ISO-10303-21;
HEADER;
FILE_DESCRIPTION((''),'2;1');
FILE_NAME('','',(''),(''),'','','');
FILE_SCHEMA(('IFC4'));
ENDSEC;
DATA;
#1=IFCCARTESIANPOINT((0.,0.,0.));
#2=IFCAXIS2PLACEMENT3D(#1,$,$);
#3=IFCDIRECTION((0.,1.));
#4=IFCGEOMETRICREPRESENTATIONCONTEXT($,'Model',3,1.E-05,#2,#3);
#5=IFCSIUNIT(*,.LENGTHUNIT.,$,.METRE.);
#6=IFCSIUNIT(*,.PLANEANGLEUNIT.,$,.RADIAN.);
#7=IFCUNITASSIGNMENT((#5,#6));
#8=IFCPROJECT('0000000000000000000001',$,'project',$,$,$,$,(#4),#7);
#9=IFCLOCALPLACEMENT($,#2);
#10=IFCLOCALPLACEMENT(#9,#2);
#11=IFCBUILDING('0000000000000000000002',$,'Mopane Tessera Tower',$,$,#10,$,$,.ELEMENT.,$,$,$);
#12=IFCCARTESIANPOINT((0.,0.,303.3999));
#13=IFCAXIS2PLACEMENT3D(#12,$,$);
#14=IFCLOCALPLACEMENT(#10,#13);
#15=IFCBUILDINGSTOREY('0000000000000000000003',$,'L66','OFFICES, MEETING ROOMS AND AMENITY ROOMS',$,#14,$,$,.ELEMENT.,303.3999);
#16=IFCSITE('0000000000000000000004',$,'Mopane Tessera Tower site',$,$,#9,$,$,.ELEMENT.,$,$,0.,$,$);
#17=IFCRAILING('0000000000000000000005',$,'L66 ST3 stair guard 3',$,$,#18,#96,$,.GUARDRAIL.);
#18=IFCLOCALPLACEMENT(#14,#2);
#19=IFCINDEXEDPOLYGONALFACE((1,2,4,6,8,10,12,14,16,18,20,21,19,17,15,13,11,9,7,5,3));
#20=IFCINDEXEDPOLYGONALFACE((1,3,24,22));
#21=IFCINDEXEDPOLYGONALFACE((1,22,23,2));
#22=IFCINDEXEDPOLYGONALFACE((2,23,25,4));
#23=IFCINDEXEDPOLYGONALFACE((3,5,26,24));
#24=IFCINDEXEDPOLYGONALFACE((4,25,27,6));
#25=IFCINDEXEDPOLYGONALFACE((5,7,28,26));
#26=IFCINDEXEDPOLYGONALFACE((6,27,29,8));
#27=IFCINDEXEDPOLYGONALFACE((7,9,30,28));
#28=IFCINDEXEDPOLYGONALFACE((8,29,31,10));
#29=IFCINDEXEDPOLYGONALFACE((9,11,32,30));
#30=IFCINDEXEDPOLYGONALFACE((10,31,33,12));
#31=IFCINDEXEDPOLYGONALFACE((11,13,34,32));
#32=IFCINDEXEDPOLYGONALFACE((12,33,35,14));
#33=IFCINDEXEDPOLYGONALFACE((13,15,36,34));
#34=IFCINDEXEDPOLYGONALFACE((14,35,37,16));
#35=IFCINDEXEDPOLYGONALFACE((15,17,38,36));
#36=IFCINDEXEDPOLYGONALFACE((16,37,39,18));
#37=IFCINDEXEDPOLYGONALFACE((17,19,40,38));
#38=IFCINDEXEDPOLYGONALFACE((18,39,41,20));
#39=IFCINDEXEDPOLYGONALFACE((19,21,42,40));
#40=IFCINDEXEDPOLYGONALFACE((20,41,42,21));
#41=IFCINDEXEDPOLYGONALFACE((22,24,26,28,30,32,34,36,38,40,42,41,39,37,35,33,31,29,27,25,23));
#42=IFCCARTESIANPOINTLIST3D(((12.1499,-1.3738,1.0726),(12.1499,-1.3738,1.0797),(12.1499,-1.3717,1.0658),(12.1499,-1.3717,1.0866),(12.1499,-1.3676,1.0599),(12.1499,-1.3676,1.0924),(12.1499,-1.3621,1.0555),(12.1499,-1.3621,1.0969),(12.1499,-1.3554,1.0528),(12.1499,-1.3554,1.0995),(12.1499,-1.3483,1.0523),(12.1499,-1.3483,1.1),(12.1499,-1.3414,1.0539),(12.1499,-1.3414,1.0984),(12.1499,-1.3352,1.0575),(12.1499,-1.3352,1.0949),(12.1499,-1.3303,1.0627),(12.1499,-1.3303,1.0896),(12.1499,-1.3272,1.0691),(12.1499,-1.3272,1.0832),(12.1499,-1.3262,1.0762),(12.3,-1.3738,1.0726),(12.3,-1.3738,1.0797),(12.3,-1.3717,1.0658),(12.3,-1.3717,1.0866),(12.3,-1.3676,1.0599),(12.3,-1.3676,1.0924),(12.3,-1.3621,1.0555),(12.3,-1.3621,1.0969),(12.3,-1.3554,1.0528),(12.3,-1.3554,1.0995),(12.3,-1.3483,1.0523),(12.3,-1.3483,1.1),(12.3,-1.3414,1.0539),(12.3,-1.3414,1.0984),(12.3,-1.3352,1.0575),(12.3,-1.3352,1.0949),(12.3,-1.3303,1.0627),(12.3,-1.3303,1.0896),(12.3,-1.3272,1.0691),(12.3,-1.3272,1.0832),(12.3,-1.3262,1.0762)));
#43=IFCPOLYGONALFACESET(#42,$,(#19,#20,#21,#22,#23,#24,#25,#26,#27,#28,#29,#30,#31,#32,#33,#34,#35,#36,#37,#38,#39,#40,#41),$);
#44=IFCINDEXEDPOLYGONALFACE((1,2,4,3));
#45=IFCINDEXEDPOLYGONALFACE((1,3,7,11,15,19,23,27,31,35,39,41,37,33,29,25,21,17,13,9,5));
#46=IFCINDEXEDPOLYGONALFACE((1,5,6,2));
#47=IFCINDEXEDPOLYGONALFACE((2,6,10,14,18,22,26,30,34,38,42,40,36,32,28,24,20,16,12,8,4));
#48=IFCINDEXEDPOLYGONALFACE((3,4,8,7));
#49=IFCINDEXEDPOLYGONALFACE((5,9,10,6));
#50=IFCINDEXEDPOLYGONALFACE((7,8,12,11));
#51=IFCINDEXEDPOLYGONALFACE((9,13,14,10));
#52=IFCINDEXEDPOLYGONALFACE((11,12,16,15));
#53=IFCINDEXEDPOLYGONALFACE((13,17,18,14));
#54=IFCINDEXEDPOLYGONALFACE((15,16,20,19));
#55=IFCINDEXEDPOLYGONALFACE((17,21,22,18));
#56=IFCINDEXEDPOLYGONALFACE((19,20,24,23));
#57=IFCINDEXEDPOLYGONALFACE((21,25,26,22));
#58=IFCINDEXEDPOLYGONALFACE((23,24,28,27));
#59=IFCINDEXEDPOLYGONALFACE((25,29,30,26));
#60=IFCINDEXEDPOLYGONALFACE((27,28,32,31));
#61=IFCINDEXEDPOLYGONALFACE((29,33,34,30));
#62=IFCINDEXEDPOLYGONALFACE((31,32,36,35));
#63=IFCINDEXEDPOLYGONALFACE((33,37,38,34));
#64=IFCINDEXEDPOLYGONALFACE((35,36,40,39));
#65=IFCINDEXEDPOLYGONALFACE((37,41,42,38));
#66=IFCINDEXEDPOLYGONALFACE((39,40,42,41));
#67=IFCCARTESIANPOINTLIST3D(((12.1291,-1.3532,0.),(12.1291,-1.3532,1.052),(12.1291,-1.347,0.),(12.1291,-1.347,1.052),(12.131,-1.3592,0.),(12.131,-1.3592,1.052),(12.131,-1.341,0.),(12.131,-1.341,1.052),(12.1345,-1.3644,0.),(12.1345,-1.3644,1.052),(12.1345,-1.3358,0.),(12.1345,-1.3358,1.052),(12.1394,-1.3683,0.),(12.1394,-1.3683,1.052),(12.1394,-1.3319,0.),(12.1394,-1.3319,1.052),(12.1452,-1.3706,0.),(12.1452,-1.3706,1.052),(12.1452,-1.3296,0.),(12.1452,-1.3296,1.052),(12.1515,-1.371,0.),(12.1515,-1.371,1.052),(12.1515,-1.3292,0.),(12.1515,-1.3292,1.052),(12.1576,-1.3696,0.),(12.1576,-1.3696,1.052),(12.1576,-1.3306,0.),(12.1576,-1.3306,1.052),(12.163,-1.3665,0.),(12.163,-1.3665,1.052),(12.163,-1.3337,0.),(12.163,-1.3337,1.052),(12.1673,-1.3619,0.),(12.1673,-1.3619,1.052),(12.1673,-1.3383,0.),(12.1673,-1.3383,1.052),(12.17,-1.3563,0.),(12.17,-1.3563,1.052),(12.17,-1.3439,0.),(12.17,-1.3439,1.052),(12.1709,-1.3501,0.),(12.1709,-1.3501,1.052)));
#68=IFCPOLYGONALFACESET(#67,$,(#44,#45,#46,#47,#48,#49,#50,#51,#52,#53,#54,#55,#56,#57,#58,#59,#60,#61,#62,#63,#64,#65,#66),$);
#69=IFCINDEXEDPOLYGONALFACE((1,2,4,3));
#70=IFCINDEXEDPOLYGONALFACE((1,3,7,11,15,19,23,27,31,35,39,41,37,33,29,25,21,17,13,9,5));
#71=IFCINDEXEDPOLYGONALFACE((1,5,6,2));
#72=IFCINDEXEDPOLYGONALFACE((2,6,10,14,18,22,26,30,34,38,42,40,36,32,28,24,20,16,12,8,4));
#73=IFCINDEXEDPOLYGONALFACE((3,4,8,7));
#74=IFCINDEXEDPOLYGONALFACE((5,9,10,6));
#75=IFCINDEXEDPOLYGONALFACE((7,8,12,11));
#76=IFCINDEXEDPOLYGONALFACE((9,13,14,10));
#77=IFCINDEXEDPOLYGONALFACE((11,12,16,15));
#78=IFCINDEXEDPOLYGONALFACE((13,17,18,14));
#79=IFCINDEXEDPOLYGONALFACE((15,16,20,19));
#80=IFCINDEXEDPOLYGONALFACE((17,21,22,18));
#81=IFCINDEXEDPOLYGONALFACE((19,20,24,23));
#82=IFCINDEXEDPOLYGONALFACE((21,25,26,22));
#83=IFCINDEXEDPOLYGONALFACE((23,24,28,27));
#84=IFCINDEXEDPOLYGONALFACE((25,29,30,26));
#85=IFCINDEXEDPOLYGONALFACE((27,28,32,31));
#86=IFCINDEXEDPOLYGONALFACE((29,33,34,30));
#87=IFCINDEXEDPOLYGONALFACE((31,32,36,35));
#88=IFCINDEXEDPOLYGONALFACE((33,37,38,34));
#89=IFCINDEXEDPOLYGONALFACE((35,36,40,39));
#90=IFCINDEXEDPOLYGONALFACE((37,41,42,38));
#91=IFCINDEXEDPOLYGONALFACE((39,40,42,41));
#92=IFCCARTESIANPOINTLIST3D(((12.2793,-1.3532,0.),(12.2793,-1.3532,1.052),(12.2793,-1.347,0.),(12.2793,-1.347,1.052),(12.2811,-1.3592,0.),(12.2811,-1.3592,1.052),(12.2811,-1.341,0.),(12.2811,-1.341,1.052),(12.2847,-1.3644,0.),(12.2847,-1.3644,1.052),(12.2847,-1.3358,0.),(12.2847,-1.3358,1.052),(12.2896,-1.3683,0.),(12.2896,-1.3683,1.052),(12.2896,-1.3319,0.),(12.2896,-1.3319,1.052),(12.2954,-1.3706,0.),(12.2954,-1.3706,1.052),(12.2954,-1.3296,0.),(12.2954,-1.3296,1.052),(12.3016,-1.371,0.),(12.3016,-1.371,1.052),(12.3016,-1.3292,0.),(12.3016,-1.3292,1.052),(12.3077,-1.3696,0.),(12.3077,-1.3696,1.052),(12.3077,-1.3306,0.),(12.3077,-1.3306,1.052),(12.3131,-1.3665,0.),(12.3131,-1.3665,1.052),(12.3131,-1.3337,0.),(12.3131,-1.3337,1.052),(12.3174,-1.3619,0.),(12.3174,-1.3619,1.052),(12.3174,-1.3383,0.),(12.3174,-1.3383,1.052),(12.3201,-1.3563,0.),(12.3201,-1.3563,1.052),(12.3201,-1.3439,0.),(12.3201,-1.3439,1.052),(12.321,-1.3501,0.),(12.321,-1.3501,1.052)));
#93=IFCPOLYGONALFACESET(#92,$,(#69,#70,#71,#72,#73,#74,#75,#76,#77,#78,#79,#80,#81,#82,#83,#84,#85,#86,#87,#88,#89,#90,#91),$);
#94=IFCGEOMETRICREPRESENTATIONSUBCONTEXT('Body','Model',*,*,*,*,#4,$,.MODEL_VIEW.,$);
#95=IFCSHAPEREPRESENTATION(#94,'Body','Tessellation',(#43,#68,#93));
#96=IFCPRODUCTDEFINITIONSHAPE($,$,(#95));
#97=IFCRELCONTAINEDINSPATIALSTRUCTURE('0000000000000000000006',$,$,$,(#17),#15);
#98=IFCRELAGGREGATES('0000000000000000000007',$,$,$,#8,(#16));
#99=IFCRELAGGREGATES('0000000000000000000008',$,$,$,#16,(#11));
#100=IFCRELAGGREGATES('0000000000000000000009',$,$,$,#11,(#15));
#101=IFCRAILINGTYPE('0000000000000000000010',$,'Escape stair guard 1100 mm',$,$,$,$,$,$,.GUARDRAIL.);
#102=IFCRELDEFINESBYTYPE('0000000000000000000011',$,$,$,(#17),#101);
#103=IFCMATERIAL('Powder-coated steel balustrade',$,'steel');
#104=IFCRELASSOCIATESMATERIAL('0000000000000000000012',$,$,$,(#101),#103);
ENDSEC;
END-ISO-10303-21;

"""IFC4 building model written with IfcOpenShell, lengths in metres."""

from ifc_helpers import new_model, si_unit, direction, frame, origin, origin_2d, place, context, subcontext, project, spatial, circle, extrude, material, type_object, element, save


model = new_model("IFC4")

# Units and contexts
model_context = context("Model", 3, precision=1e-05, world=origin(), true_north=direction((0.0, 1.0)))
body_context = subcontext(model_context, "Body", "Model", "MODEL_VIEW")
ifc_project = project(units=[si_unit("LENGTHUNIT", "METRE"), si_unit("PLANEANGLEUNIT", "RADIAN")], contexts=[model_context])

# Site, building, storey
site_placement = place(None, origin())
site = spatial("IfcSite", under=ifc_project, at=site_placement, Name="Mopane Tessera Tower site", CompositionType="ELEMENT", RefElevation=0.0)
building_placement = place(site_placement, origin())
building = spatial("IfcBuilding", under=site, at=building_placement, Name="Mopane Tessera Tower", CompositionType="ELEMENT")
storey_placement = place(building_placement, frame((0.0, 0.0, 303.3999)))
storey = spatial("IfcBuildingStorey", under=building, at=storey_placement, Name="L66", Description="OFFICES, MEETING ROOMS AND AMENITY ROOMS", CompositionType="ELEMENT", Elevation=303.3999)

# Railing
ifc_material_1 = material(Name="Powder-coated steel balustrade", Category="steel")
railing_type_1 = type_object("IfcRailingType", Name="Escape stair guard 1100 mm", PredefinedType="GUARDRAIL", material=ifc_material_1)
railing_1_placement = place(storey_placement, frame((12.1499, -1.3501, 0.0)))
element("IfcRailing", 1, at=railing_1_placement, inside=storey, type_object=railing_type_1, Name="L66 ST3 stair guard 3", PredefinedType="GUARDRAIL", context=body_context, shape_type="SweptSolid", body=[
    extrude(circle(Radius=0.0239, at=origin_2d()), frame((0.0, 0.0, 1.0762), z_axis=(1.0, 0.0, 0.0), x_axis=(0.0, 1.0, 0.0)), (0.0, 0.0, 1.0), 0.1501),
    extrude(circle(Radius=0.021, at=origin_2d()), origin(), (0.0, 0.0, 1.0), 1.052),
    extrude(circle(Radius=0.021, at=origin_2d()), frame((0.1501, 0.0, 0.0)), (0.0, 0.0, 1.0), 1.052),
])

save(model, "model.ifc")
